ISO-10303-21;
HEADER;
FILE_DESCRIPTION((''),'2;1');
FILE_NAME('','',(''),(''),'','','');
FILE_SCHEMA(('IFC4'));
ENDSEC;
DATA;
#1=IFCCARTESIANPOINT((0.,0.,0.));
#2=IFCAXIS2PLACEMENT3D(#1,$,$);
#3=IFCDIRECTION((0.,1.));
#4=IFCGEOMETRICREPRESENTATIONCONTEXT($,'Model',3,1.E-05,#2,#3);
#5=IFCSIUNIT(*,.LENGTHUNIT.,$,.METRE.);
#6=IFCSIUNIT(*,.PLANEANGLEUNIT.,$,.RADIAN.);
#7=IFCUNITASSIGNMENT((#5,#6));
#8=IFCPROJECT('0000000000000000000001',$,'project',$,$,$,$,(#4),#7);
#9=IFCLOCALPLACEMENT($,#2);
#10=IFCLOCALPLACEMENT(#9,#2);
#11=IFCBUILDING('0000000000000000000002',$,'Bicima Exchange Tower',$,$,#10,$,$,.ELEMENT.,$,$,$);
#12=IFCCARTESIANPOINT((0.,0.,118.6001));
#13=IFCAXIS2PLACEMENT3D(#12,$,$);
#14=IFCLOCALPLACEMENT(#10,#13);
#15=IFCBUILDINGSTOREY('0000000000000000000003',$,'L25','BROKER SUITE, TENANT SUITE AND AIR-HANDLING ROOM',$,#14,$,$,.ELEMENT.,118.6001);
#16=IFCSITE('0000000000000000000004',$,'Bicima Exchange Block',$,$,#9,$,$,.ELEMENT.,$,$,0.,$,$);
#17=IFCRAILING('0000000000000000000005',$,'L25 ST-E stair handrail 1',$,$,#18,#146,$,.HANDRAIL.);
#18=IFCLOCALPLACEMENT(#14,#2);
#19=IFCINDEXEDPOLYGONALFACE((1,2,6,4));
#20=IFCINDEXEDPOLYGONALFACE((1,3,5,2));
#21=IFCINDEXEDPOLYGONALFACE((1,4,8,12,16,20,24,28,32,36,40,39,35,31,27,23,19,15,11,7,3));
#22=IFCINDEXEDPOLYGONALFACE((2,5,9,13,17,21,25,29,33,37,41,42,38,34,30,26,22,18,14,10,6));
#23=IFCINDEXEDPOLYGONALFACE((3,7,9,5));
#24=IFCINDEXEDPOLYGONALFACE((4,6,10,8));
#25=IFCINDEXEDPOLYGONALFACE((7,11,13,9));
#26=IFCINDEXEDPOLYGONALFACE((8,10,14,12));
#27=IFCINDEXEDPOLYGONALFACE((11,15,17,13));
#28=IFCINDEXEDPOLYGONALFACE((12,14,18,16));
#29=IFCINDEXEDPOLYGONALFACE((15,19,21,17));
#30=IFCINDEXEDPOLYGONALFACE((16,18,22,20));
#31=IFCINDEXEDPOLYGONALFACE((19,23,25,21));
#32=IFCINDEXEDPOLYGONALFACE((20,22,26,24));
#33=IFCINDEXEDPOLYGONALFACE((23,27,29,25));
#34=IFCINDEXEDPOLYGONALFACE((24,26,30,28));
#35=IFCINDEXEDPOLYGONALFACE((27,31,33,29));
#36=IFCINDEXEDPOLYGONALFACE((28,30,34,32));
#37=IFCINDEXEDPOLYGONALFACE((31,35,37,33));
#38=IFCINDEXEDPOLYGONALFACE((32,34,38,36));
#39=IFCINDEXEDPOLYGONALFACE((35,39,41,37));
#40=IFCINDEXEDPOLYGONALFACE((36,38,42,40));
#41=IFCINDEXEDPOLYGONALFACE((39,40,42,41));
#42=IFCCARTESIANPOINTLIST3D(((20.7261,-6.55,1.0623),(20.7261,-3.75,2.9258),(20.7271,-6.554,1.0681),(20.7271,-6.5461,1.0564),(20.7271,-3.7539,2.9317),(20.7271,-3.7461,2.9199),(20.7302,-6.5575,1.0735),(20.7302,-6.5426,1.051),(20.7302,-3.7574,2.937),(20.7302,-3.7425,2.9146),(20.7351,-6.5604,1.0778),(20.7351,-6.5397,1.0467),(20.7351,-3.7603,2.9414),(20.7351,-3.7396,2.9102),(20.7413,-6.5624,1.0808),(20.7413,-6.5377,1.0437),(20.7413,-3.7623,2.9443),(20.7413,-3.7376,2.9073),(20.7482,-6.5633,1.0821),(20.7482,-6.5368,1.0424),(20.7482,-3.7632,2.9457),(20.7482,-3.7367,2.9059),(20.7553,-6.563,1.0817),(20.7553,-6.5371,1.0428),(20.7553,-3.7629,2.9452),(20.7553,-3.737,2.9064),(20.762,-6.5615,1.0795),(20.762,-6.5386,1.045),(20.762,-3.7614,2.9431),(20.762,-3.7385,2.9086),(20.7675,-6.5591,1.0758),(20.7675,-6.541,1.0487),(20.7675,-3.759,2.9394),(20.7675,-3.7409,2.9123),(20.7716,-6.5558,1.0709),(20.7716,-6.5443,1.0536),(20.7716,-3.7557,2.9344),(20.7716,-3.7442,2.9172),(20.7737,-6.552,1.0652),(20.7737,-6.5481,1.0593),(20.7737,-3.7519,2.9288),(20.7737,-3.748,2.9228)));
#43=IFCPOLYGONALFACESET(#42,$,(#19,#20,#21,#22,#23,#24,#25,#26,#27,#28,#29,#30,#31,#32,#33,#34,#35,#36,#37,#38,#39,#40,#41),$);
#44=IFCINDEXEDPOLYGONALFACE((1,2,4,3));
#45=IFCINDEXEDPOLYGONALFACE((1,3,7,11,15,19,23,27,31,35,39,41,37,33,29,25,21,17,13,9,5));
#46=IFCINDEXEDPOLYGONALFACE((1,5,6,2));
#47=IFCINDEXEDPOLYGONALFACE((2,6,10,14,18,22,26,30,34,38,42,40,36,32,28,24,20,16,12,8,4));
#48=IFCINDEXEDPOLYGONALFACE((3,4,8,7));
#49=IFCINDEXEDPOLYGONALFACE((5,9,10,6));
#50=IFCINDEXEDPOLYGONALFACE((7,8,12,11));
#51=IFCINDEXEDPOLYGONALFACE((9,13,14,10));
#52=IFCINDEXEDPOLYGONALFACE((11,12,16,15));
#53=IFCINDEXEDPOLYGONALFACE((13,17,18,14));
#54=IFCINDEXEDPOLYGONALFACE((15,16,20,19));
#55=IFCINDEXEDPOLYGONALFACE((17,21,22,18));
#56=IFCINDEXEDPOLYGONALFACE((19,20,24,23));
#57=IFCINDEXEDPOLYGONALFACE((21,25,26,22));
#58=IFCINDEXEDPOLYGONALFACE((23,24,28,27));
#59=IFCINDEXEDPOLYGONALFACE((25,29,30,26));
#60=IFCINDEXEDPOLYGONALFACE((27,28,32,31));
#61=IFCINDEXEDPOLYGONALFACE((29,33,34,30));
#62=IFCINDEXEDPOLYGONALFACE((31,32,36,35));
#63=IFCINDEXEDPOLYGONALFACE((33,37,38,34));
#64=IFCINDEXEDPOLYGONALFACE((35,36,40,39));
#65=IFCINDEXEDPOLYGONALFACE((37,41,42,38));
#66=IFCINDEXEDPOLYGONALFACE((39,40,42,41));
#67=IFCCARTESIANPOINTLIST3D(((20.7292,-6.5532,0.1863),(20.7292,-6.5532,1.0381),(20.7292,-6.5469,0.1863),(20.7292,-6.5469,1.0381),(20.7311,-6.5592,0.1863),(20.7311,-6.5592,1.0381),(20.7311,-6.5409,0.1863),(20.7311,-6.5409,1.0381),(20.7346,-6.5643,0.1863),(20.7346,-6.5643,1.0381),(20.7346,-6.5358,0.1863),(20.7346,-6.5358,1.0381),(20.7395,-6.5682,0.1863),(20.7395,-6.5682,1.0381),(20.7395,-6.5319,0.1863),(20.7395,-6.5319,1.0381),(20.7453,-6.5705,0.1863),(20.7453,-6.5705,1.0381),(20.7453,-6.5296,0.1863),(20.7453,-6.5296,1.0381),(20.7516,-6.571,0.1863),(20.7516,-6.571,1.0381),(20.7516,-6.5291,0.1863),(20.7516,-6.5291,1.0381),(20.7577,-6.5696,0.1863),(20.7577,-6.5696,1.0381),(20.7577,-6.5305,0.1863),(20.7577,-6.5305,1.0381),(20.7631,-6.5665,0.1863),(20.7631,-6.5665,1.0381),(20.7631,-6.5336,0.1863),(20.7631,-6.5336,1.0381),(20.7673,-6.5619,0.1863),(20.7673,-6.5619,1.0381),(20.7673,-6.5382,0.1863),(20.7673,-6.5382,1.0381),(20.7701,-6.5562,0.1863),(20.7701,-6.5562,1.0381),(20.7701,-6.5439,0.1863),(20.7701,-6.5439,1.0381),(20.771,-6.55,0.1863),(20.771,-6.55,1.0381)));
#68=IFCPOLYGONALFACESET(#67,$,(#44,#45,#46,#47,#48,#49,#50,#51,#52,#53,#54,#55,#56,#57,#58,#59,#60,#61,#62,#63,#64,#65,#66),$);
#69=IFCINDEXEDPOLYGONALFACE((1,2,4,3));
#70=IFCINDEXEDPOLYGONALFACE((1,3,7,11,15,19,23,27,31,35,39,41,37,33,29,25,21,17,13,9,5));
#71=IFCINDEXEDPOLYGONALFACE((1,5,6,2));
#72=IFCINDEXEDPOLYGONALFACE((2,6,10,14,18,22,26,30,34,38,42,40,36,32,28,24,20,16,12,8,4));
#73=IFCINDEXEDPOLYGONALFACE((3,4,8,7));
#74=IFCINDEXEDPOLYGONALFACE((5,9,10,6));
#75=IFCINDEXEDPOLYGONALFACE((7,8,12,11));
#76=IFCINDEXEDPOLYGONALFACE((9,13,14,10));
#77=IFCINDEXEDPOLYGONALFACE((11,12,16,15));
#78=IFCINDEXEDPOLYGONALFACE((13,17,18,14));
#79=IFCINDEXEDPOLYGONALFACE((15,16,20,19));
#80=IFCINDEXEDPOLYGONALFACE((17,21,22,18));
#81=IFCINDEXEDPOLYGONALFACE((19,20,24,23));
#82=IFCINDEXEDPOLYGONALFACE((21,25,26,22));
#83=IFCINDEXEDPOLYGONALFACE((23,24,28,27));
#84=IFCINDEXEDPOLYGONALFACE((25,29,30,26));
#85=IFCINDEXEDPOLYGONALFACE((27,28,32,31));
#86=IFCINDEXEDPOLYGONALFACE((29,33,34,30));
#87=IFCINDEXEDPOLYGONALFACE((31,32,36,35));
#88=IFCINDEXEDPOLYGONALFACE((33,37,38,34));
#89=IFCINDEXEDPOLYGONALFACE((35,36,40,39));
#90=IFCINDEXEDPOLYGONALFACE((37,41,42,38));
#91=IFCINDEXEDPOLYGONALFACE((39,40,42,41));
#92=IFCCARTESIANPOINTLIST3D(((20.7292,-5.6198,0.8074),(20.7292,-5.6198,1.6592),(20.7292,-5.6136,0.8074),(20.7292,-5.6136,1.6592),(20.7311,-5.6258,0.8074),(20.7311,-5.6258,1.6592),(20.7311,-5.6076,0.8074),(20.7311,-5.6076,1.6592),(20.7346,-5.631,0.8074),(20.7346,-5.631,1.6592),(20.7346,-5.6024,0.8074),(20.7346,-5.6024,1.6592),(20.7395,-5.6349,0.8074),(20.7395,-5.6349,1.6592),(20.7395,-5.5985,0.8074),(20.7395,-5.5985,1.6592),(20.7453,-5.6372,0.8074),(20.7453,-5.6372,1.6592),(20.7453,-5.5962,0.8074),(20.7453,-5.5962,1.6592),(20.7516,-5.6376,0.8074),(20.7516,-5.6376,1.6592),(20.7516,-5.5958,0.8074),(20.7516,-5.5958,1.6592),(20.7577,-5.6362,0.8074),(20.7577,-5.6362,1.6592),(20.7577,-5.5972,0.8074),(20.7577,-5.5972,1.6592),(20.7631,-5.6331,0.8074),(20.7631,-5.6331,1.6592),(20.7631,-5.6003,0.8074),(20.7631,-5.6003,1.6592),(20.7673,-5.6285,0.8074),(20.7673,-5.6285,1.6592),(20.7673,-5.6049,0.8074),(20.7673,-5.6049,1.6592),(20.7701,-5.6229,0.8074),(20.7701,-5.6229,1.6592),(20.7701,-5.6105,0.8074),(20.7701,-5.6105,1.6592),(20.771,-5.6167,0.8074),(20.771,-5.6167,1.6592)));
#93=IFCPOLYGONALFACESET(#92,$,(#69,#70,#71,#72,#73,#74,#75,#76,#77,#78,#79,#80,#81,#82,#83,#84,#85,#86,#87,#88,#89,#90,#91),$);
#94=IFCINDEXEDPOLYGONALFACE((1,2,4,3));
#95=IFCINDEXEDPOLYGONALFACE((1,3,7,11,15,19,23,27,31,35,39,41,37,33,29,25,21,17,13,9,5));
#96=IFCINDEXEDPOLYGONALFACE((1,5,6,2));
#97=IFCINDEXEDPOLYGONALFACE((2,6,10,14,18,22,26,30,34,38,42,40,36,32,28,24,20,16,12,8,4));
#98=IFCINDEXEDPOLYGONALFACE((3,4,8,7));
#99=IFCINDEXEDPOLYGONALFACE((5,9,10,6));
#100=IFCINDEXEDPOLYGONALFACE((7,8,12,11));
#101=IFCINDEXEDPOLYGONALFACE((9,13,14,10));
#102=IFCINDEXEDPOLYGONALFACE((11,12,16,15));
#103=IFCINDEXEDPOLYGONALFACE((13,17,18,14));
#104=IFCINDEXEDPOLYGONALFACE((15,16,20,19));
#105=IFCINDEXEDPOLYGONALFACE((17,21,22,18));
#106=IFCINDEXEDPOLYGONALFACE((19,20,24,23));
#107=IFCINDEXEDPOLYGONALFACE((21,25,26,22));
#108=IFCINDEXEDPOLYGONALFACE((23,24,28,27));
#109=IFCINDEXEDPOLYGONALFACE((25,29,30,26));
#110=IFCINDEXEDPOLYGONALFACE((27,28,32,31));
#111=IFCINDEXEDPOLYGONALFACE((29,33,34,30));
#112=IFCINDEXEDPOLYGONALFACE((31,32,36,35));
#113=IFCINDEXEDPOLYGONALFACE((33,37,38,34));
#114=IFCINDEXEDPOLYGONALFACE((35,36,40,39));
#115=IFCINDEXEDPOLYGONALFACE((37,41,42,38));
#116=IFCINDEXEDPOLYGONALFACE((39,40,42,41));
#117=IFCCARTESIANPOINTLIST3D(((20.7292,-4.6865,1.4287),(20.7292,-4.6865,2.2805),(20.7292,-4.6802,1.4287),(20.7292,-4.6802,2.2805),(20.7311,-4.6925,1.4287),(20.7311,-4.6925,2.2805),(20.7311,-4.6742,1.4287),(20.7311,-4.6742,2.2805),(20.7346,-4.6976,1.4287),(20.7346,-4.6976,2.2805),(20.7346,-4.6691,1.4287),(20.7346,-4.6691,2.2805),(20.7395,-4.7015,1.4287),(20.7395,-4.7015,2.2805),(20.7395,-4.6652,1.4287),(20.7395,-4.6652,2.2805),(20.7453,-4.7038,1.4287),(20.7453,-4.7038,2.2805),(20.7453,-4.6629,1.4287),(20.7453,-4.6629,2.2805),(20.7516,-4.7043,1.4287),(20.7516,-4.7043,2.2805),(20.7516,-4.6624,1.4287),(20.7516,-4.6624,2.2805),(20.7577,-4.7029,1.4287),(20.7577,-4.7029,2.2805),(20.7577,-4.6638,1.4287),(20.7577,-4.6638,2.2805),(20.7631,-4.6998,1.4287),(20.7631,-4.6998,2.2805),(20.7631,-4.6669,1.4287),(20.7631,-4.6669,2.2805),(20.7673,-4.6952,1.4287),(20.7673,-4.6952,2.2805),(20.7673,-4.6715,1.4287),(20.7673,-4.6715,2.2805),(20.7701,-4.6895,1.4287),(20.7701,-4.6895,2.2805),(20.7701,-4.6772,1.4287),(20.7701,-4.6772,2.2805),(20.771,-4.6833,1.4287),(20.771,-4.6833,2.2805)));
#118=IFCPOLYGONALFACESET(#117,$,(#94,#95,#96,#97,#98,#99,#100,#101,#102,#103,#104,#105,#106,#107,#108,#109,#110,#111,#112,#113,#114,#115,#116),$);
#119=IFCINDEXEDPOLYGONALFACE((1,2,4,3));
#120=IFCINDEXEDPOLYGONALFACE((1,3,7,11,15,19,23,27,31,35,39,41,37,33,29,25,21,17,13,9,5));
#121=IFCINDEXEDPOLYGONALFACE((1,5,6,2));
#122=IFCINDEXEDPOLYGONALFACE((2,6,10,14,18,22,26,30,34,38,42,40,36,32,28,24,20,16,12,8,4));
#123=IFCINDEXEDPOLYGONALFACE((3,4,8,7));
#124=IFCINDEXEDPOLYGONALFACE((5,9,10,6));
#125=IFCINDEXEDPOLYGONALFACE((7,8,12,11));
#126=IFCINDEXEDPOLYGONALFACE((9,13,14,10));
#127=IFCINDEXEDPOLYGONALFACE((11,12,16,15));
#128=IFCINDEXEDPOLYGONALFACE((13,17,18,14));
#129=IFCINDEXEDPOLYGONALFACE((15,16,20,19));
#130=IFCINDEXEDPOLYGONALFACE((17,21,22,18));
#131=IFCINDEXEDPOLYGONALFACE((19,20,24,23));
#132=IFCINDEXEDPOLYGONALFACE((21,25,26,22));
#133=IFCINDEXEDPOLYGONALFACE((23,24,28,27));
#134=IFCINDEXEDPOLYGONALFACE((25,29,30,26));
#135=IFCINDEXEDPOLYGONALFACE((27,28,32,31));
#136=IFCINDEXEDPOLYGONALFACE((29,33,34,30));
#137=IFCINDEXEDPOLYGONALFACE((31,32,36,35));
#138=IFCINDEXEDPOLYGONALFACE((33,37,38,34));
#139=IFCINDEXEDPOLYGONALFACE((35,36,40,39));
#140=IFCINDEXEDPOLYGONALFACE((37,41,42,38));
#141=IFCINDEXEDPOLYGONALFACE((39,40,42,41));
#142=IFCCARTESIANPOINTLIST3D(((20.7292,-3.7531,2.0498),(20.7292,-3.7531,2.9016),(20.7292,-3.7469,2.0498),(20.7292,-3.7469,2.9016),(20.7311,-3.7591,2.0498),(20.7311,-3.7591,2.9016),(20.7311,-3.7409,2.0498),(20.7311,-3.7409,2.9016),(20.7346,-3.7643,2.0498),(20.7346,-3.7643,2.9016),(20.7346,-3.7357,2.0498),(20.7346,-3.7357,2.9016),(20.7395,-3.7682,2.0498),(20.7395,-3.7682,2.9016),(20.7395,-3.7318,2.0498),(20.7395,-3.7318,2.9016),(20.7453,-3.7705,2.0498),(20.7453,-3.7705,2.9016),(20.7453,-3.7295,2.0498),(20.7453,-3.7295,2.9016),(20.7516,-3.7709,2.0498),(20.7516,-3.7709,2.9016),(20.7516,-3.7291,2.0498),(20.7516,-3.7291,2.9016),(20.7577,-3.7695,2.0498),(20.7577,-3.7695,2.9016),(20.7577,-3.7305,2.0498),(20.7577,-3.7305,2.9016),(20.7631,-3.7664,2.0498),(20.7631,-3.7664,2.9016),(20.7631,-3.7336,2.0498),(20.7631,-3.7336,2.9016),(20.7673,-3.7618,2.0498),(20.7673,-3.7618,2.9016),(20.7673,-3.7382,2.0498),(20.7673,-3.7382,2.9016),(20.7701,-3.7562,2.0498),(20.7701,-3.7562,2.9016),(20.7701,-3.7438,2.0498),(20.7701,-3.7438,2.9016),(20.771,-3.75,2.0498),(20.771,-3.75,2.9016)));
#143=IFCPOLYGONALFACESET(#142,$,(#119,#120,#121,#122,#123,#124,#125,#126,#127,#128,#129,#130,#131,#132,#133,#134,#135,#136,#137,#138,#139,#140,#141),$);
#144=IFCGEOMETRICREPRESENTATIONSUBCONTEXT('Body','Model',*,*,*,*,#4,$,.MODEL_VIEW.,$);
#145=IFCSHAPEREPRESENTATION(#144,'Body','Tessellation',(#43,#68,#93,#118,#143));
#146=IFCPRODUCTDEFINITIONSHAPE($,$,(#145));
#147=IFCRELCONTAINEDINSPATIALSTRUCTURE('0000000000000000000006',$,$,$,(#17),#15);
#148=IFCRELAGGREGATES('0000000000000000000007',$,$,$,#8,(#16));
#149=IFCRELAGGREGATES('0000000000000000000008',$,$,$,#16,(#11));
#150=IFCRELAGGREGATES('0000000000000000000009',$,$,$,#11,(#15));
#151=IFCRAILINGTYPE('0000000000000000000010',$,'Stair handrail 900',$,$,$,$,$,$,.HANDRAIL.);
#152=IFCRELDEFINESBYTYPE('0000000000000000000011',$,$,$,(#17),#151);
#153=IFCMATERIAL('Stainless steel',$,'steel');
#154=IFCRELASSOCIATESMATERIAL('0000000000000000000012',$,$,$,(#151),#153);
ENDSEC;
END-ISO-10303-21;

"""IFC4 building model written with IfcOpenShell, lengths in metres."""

from ifc_helpers import new_model, si_unit, direction, frame, origin, origin_2d, place, context, subcontext, project, spatial, circle, extrude, material, type_object, element, save


model = new_model("IFC4")

# Units and contexts
model_context = context("Model", 3, precision=1e-05, world=origin(), true_north=direction((0.0, 1.0)))
body_context = subcontext(model_context, "Body", "Model", "MODEL_VIEW")
ifc_project = project(units=[si_unit("LENGTHUNIT", "METRE"), si_unit("PLANEANGLEUNIT", "RADIAN")], contexts=[model_context])

# Site, building, storey
site_placement = place(None, origin())
site = spatial("IfcSite", under=ifc_project, at=site_placement, Name="Bicima Exchange Block", CompositionType="ELEMENT", RefElevation=0.0)
building_placement = place(site_placement, origin())
building = spatial("IfcBuilding", under=site, at=building_placement, Name="Bicima Exchange Tower", CompositionType="ELEMENT")
storey_placement = place(building_placement, frame((0.0, 0.0, 118.6001)))
storey = spatial("IfcBuildingStorey", under=building, at=storey_placement, Name="L25", Description="BROKER SUITE, TENANT SUITE AND AIR-HANDLING ROOM", CompositionType="ELEMENT", Elevation=118.6001)

# Railing
ifc_material_1 = material(Name="Stainless steel", Category="steel")
railing_type_1 = type_object("IfcRailingType", Name="Stair handrail 900", PredefinedType="HANDRAIL", material=ifc_material_1)
railing_1_placement = place(storey_placement, frame((20.75, -6.55, 0.1863)))
element("IfcRailing", 1, at=railing_1_placement, inside=storey, type_object=railing_type_1, Name="L25 ST-E stair handrail 1", PredefinedType="HANDRAIL", context=body_context, shape_type="SweptSolid", body=[
    extrude(circle(Radius=0.0239, at=origin_2d()), frame((0.0, 0.0, 0.876), z_axis=(0.0, 0.832486, 0.554047), x_axis=(-1.0, 0.0, 0.0)), (0.0, 0.0, 1.0), 3.3635),
    extrude(circle(Radius=0.021, at=origin_2d()), origin(), (0.0, 0.0, 1.0), 0.8518),
    extrude(circle(Radius=0.021, at=origin_2d()), frame((0.0, 0.9333, 0.6211)), (0.0, 0.0, 1.0), 0.8518),
    extrude(circle(Radius=0.021, at=origin_2d()), frame((0.0, 1.8667, 1.2424)), (0.0, 0.0, 1.0), 0.8518),
    extrude(circle(Radius=0.021, at=origin_2d()), frame((0.0, 2.8, 1.8635)), (0.0, 0.0, 1.0), 0.8518),
])

save(model, "model.ifc")
